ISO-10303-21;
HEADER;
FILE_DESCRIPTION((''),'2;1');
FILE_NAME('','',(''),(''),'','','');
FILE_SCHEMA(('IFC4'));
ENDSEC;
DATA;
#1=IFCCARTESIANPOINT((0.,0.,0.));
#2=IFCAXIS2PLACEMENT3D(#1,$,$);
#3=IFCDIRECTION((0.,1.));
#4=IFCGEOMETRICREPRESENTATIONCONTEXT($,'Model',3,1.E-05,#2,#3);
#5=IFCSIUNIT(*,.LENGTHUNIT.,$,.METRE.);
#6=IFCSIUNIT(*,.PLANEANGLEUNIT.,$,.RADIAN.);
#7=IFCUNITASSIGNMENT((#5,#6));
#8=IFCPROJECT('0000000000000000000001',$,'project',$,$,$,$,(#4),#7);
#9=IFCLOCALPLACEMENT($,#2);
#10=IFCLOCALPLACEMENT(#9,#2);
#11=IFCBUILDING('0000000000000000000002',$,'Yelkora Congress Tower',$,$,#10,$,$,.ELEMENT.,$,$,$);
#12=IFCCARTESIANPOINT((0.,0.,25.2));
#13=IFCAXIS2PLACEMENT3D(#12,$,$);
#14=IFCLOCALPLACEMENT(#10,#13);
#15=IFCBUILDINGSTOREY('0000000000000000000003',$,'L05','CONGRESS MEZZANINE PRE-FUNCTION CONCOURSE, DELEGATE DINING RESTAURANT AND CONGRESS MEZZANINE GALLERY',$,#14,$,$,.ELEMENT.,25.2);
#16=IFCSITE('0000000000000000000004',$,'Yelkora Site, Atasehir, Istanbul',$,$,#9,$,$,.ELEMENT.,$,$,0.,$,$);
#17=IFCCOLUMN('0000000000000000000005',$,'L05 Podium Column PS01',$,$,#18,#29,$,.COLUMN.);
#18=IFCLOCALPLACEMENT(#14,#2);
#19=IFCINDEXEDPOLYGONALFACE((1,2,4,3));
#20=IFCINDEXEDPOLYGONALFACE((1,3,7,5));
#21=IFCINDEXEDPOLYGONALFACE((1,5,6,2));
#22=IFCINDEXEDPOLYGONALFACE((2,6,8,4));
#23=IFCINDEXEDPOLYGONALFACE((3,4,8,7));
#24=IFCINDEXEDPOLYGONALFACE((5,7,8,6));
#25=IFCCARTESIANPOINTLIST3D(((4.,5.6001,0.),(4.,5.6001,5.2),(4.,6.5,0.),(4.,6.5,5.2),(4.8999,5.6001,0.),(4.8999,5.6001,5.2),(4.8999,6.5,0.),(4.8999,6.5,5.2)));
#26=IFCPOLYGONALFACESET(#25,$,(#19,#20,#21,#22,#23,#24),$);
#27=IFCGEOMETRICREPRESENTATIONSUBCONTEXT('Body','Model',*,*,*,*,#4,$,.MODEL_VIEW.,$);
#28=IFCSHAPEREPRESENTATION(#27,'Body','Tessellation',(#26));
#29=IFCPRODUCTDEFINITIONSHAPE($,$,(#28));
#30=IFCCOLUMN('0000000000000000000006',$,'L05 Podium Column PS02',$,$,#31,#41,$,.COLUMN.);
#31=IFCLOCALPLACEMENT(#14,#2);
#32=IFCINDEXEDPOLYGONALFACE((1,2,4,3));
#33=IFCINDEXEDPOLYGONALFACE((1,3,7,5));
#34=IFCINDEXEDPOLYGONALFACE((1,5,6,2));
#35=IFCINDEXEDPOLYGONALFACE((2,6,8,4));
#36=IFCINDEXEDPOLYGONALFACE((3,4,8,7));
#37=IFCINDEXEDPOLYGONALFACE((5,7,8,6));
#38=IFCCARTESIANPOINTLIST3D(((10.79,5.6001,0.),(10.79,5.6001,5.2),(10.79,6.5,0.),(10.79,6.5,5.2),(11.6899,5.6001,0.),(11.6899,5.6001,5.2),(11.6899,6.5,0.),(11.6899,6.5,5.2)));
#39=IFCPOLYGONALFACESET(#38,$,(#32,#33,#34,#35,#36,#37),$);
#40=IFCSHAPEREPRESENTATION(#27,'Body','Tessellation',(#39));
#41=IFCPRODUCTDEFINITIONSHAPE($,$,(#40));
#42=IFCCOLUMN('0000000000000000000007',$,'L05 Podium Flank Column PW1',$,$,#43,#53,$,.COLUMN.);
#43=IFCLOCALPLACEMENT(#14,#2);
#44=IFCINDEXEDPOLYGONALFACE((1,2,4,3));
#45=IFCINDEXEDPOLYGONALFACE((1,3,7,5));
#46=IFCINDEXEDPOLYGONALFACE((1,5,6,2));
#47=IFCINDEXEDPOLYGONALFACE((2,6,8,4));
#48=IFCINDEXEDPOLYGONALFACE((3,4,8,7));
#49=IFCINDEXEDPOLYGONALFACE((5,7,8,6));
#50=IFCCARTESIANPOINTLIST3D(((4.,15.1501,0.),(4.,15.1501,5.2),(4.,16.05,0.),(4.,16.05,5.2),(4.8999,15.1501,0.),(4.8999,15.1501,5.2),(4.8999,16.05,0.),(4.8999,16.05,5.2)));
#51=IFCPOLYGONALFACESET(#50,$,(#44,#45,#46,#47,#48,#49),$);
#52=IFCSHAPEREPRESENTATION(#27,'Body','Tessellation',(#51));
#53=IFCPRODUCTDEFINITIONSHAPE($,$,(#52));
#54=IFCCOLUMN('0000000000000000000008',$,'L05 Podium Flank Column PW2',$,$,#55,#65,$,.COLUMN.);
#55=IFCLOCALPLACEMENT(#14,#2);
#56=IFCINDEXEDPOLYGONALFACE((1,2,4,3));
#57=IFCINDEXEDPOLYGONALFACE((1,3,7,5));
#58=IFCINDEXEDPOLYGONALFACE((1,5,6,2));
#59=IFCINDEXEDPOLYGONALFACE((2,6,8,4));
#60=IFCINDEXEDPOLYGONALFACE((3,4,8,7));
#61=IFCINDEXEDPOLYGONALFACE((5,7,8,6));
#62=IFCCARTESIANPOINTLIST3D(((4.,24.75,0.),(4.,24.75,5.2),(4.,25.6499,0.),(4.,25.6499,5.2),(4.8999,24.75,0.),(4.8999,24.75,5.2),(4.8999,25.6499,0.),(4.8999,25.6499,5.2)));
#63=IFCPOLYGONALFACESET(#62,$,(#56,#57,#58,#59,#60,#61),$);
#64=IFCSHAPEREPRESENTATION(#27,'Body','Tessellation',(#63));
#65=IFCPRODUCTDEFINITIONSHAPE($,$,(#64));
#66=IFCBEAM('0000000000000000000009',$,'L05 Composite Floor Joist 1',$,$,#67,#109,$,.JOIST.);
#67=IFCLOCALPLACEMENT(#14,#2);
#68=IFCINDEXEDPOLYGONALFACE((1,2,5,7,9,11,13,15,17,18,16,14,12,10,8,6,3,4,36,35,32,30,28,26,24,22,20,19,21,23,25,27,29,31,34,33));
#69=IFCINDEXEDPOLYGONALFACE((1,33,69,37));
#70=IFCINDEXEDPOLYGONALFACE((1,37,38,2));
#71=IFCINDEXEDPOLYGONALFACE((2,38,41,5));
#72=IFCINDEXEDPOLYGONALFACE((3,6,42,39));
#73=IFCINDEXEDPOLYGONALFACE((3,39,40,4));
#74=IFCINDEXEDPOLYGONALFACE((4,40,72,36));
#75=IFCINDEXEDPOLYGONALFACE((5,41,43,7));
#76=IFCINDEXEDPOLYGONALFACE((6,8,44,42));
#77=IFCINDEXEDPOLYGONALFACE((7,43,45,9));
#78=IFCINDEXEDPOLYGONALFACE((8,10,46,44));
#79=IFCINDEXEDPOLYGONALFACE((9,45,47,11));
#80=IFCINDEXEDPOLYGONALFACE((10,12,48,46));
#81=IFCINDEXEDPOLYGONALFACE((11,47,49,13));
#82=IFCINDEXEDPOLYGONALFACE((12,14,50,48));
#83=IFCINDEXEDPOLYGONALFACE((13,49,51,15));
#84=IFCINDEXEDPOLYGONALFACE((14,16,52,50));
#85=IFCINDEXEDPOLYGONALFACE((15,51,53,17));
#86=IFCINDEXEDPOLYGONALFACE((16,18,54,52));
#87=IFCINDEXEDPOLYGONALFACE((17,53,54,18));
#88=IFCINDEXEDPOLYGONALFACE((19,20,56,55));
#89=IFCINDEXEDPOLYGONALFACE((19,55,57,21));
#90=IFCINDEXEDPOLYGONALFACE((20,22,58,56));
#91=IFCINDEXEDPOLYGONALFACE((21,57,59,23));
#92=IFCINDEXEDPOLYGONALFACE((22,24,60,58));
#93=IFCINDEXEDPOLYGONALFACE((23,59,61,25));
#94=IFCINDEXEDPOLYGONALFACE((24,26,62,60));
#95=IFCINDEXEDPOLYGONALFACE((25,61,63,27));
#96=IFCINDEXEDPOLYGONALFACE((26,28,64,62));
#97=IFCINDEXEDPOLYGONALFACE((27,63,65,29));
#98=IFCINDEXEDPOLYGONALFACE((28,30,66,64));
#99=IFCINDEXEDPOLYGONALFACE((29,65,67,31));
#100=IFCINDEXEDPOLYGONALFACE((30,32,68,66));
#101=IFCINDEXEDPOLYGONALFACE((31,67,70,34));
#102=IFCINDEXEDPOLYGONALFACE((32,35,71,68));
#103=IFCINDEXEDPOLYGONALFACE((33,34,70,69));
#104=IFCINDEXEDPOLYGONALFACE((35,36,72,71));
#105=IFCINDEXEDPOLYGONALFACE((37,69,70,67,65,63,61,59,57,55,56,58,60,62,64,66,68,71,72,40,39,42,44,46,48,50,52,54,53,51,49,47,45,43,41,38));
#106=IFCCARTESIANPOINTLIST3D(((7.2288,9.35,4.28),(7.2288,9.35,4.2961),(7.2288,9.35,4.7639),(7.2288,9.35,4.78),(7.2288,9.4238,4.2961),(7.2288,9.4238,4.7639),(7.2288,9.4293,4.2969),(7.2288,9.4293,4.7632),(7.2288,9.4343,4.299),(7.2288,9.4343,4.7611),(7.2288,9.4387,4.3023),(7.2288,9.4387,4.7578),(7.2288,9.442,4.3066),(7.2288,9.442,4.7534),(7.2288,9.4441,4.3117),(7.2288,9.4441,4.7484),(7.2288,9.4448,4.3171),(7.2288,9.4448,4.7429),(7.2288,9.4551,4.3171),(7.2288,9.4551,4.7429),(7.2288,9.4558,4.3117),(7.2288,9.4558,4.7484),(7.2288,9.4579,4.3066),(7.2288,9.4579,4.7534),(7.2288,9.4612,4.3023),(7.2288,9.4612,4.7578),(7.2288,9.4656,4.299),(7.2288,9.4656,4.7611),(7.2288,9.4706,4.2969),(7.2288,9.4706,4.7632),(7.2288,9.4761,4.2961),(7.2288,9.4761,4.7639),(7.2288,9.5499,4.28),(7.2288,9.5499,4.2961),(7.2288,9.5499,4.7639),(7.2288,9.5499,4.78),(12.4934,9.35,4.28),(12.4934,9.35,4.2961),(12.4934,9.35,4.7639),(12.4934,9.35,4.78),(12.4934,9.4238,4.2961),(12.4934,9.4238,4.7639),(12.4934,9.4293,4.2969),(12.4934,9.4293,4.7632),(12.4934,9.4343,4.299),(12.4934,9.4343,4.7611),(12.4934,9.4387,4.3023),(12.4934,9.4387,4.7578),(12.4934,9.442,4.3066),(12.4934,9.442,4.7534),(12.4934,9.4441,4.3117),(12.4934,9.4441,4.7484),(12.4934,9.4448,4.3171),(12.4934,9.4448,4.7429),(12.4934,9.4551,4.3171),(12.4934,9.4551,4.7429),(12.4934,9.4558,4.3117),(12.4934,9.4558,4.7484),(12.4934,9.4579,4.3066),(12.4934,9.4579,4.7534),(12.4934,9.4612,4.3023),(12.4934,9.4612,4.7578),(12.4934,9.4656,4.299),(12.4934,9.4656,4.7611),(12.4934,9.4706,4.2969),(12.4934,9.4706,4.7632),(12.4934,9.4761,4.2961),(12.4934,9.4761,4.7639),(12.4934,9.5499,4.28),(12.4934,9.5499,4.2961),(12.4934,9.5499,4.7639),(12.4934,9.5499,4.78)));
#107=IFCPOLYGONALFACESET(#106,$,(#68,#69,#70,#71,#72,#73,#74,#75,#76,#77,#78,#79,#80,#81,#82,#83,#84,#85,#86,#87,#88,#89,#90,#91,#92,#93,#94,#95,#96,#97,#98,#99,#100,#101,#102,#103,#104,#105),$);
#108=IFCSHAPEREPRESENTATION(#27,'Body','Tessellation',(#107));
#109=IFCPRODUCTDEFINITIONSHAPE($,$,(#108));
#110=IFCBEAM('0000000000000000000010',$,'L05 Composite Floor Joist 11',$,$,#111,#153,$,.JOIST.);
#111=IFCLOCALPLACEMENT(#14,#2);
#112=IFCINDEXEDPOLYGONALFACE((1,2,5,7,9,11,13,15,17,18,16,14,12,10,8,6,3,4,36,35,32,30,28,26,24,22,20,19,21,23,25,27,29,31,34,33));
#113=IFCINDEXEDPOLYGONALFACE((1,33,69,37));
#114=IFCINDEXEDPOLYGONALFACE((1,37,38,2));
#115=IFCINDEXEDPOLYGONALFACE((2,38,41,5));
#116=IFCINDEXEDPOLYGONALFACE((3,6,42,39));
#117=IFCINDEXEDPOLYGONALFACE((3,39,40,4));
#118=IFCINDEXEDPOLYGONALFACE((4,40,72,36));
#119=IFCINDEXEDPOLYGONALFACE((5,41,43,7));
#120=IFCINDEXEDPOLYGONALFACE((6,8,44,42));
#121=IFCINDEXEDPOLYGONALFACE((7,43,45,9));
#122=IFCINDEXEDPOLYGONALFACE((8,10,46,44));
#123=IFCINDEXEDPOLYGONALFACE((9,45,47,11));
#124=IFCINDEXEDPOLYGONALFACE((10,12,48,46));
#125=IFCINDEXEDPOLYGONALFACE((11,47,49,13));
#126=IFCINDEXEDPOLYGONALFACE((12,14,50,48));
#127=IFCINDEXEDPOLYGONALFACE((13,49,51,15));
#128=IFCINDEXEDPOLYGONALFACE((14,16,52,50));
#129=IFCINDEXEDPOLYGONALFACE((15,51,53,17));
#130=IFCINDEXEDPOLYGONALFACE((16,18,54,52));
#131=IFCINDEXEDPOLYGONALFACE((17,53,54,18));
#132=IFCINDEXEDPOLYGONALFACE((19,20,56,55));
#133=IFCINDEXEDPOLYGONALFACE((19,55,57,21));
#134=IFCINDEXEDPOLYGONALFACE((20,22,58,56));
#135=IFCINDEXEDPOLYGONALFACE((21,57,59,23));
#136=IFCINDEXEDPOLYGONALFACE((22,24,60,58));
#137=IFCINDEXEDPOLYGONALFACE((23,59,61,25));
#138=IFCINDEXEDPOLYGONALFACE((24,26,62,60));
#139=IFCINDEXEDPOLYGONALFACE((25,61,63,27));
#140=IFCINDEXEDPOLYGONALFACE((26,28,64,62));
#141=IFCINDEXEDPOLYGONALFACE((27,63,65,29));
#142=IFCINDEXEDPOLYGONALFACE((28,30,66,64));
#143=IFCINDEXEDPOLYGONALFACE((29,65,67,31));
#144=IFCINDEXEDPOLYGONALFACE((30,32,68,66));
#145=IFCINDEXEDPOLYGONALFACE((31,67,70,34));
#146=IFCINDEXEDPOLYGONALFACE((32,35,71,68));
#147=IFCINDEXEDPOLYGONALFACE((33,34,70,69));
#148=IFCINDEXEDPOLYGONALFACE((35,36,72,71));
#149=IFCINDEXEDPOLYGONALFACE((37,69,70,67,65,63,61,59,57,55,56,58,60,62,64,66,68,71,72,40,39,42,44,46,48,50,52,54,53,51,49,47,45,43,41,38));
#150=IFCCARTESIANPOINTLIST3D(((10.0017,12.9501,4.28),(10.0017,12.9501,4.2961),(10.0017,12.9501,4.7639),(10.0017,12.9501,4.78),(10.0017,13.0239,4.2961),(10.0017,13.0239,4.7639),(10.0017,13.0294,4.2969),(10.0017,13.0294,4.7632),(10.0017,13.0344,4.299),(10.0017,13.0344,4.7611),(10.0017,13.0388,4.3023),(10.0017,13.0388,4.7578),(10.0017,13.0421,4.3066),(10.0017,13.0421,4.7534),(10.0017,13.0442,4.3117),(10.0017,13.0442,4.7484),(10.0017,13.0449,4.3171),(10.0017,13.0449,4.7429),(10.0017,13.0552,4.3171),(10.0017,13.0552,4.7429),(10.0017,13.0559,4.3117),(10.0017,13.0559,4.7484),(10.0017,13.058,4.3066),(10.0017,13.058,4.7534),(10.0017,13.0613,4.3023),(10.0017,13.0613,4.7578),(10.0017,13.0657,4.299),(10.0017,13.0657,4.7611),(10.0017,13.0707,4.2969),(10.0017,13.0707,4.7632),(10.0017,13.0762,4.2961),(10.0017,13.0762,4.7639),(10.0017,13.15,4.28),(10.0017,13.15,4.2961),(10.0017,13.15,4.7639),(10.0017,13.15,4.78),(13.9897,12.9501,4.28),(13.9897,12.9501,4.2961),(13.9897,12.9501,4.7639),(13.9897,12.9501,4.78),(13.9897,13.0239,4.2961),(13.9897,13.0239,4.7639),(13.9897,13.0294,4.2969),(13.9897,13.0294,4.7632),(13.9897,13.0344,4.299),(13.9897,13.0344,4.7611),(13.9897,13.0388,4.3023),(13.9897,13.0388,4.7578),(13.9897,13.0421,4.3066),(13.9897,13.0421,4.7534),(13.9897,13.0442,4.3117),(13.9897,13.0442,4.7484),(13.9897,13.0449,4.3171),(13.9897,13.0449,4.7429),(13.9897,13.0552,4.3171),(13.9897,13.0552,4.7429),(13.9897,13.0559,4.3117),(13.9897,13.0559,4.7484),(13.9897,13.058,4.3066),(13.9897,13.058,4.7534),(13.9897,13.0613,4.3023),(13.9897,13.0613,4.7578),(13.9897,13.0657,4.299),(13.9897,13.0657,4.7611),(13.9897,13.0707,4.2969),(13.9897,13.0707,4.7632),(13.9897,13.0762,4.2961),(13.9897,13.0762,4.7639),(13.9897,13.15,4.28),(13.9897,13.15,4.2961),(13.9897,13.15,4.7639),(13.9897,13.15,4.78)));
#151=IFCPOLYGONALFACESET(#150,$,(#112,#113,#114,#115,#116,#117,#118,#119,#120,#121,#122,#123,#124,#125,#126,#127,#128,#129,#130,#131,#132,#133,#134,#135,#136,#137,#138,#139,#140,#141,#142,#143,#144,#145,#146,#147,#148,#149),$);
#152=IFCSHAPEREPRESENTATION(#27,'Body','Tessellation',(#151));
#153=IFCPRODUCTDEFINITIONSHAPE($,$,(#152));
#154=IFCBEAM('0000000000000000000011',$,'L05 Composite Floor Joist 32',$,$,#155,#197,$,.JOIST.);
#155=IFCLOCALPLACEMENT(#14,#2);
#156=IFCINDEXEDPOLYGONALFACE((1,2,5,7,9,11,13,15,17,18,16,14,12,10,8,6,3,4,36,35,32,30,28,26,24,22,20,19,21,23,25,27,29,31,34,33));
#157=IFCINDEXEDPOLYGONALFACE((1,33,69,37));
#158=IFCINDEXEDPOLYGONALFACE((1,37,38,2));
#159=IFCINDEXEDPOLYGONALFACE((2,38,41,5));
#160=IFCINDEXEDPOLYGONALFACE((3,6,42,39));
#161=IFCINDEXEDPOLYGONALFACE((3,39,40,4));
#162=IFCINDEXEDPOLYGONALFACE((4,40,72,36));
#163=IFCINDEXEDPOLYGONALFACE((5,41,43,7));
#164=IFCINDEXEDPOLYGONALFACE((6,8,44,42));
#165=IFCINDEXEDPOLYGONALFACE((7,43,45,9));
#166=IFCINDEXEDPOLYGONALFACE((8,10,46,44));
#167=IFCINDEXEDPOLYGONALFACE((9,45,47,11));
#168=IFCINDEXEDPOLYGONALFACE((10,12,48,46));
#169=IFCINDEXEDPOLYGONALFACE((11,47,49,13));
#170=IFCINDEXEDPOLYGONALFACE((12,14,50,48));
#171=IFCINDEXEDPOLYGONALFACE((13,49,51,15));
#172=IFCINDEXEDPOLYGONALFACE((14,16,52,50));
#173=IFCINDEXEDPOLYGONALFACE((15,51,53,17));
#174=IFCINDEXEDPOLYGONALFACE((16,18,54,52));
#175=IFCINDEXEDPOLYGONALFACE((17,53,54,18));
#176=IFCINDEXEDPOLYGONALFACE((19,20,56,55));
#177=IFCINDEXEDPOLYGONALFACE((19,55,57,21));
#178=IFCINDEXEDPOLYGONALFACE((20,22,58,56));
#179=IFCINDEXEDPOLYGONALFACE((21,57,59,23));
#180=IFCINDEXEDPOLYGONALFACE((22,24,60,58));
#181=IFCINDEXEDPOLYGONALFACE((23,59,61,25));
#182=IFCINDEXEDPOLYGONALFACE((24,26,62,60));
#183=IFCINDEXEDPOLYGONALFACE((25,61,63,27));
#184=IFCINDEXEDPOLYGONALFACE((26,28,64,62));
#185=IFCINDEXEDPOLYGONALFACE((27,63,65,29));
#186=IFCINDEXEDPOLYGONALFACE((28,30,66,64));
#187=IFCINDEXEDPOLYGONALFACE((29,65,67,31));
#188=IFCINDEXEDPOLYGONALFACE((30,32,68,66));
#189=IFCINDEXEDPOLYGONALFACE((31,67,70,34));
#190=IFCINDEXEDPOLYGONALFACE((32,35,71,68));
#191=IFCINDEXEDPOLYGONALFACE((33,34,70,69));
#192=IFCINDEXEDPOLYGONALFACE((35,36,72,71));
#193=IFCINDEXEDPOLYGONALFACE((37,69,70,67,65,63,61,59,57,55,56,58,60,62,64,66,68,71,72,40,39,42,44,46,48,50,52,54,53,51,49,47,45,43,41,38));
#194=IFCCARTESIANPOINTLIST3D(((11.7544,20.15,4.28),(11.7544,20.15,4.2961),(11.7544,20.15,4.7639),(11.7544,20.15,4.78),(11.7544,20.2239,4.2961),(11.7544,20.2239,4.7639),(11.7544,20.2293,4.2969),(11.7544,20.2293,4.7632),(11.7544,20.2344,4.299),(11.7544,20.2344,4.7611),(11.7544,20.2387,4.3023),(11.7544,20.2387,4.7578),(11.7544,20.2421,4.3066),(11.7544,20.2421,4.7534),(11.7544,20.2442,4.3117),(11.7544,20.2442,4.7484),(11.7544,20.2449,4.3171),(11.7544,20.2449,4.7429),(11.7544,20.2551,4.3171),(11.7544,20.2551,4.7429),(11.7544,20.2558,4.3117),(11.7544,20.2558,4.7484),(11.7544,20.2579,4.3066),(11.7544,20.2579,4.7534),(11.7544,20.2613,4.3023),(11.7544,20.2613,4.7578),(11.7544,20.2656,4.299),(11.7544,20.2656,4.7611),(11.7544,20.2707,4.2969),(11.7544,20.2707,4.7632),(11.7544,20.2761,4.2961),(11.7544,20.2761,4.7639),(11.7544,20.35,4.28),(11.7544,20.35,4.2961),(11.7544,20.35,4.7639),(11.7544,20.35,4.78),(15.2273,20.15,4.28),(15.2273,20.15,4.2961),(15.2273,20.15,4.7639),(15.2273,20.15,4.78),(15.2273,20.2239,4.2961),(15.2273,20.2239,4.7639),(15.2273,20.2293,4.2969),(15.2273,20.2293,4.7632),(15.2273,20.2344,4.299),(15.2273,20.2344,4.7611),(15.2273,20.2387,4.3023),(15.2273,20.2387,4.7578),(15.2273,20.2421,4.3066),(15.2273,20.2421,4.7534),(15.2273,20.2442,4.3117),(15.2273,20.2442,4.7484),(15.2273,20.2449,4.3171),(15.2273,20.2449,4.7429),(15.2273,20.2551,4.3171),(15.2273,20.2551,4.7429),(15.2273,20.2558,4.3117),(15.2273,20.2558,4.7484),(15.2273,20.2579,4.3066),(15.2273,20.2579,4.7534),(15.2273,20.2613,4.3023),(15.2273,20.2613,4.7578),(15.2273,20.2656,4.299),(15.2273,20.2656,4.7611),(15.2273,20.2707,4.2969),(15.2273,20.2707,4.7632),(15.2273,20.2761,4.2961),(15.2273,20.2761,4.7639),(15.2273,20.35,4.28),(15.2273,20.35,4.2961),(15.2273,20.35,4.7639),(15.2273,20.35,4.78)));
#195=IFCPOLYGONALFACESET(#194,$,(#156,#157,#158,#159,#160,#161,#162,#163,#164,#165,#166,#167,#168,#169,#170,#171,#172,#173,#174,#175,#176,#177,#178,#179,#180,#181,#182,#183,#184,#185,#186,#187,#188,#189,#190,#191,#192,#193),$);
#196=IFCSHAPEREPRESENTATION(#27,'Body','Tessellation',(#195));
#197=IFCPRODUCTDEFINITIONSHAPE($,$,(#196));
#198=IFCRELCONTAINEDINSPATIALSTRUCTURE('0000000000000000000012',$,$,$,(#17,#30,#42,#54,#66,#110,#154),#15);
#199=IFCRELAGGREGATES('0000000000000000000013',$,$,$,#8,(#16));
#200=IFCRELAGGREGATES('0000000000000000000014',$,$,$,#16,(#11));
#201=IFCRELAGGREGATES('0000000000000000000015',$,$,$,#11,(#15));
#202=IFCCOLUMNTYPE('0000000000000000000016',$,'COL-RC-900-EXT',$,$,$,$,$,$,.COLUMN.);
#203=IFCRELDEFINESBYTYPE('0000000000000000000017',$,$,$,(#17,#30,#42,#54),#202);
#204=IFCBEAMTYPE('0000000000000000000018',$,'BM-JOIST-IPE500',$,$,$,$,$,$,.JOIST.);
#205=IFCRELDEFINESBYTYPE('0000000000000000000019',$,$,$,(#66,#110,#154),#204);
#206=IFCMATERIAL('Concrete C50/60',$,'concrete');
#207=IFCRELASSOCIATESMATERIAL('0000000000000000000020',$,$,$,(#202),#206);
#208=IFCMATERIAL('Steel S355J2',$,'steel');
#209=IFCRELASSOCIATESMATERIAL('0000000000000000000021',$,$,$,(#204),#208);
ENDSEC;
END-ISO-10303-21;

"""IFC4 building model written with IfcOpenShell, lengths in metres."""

from ifc_helpers import new_model, si_unit, direction, frame, origin, origin_2d, place, context, subcontext, project, spatial, rectangle, i_section, extrude, material, material_profile, profile_set, type_object, element, save


model = new_model("IFC4")

# Units and contexts
model_context = context("Model", 3, precision=1e-05, world=origin(), true_north=direction((0.0, 1.0)))
body_context = subcontext(model_context, "Body", "Model", "MODEL_VIEW")
ifc_project = project(units=[si_unit("LENGTHUNIT", "METRE"), si_unit("PLANEANGLEUNIT", "RADIAN")], contexts=[model_context])

# Site, building, storey
site_placement = place(None, origin())
site = spatial("IfcSite", under=ifc_project, at=site_placement, Name="Yelkora Site, Atasehir, Istanbul", CompositionType="ELEMENT", RefElevation=0.0)
building_placement = place(site_placement, origin())
building = spatial("IfcBuilding", under=site, at=building_placement, Name="Yelkora Congress Tower", CompositionType="ELEMENT")
storey_placement = place(building_placement, frame((0.0, 0.0, 25.2)))
storey = spatial("IfcBuildingStorey", under=building, at=storey_placement, Name="L05", Description="CONGRESS MEZZANINE PRE-FUNCTION CONCOURSE, DELEGATE DINING RESTAURANT AND CONGRESS MEZZANINE GALLERY", CompositionType="ELEMENT", Elevation=25.2)

# Columns
ifc_material_1 = material(Name="Concrete C50/60", Category="concrete")
ifc_material_profile_1 = material_profile(ifc_material_1, rectangle(XDim=0.8999, YDim=0.8999, at=origin_2d()), Name="RC 900x900")
ifc_profile_set_1 = profile_set([ifc_material_profile_1], Name="Concrete C50/60")
column_type = type_object("IfcColumnType", Name="COL-RC-900-EXT", PredefinedType="COLUMN", material=ifc_profile_set_1)
for number, where, z_axis, x_axis, name in (
    (1, (4.45, 6.05, 0.0), (0.0, 0.0, 1.0), (1.0, 0.0, 0.0), "L05 Podium Column PS01"),
    (2, (11.24, 6.05, 0.0), (0.0, 0.0, 1.0), (1.0, 0.0, 0.0), "L05 Podium Column PS02"),
    (3, (4.45, 15.6001, 0.0), (0.0, 0.0, 1.0), (1.0, 0.0, 0.0), "L05 Podium Flank Column PW1"),
    (4, (4.45, 25.2, 0.0), (0.0, 0.0, 1.0), (1.0, 0.0, 0.0), "L05 Podium Flank Column PW2"),
):
    element("IfcColumn", number, at=place(storey_placement, frame(where, z_axis=z_axis, x_axis=x_axis)), inside=storey, type_object=column_type, Name=name, PredefinedType="COLUMN", context=body_context, shape_type="SweptSolid", body=[
        extrude(rectangle(XDim=0.8999, YDim=0.8999, at=origin_2d()), origin(), (0.0, 0.0, 1.0), 5.2),
    ])

# Beams
ifc_material_2 = material(Name="Steel S355J2", Category="steel")
ifc_material_profile_2 = material_profile(ifc_material_2, i_section(OverallWidth=0.2, OverallDepth=0.5, WebThickness=0.0103, FlangeThickness=0.0161, FilletRadius=0.021, at=origin_2d()), Name="IPE 500")
ifc_profile_set_2 = profile_set([ifc_material_profile_2], Name="Steel S355J2")
beam_type_1 = type_object("IfcBeamType", Name="BM-JOIST-IPE500", PredefinedType="JOIST", material=ifc_profile_set_2)
beam_1_placement = place(storey_placement, frame((7.2288, 9.45, 4.53), z_axis=(1.0, 0.0, 0.0), x_axis=(0.0, 1.0, 0.0)))
element("IfcBeam", 5, at=beam_1_placement, inside=storey, type_object=beam_type_1, Name="L05 Composite Floor Joist 1", PredefinedType="JOIST", context=body_context, shape_type="SweptSolid", body=[
    extrude(i_section(OverallWidth=0.2, OverallDepth=0.5, WebThickness=0.0103, FlangeThickness=0.0161, FilletRadius=0.021, at=origin_2d()), origin(), (0.0, 0.0, 1.0), 5.2646),
])
beam_2_placement = place(storey_placement, frame((10.0017, 13.05, 4.53), z_axis=(1.0, 0.0, 0.0), x_axis=(0.0, 1.0, 0.0)))
element("IfcBeam", 6, at=beam_2_placement, inside=storey, type_object=beam_type_1, Name="L05 Composite Floor Joist 11", PredefinedType="JOIST", context=body_context, shape_type="SweptSolid", body=[
    extrude(i_section(OverallWidth=0.2, OverallDepth=0.5, WebThickness=0.0103, FlangeThickness=0.0161, FilletRadius=0.021, at=origin_2d()), origin(), (0.0, 0.0, 1.0), 3.988),
])
beam_3_placement = place(storey_placement, frame((11.7544, 20.25, 4.53), z_axis=(1.0, 0.0, 0.0), x_axis=(0.0, 1.0, 0.0)))
element("IfcBeam", 7, at=beam_3_placement, inside=storey, type_object=beam_type_1, Name="L05 Composite Floor Joist 32", PredefinedType="JOIST", context=body_context, shape_type="SweptSolid", body=[
    extrude(i_section(OverallWidth=0.2, OverallDepth=0.5, WebThickness=0.0103, FlangeThickness=0.0161, FilletRadius=0.021, at=origin_2d()), origin(), (0.0, 0.0, 1.0), 3.4729),
])

save(model, "model.ifc")
